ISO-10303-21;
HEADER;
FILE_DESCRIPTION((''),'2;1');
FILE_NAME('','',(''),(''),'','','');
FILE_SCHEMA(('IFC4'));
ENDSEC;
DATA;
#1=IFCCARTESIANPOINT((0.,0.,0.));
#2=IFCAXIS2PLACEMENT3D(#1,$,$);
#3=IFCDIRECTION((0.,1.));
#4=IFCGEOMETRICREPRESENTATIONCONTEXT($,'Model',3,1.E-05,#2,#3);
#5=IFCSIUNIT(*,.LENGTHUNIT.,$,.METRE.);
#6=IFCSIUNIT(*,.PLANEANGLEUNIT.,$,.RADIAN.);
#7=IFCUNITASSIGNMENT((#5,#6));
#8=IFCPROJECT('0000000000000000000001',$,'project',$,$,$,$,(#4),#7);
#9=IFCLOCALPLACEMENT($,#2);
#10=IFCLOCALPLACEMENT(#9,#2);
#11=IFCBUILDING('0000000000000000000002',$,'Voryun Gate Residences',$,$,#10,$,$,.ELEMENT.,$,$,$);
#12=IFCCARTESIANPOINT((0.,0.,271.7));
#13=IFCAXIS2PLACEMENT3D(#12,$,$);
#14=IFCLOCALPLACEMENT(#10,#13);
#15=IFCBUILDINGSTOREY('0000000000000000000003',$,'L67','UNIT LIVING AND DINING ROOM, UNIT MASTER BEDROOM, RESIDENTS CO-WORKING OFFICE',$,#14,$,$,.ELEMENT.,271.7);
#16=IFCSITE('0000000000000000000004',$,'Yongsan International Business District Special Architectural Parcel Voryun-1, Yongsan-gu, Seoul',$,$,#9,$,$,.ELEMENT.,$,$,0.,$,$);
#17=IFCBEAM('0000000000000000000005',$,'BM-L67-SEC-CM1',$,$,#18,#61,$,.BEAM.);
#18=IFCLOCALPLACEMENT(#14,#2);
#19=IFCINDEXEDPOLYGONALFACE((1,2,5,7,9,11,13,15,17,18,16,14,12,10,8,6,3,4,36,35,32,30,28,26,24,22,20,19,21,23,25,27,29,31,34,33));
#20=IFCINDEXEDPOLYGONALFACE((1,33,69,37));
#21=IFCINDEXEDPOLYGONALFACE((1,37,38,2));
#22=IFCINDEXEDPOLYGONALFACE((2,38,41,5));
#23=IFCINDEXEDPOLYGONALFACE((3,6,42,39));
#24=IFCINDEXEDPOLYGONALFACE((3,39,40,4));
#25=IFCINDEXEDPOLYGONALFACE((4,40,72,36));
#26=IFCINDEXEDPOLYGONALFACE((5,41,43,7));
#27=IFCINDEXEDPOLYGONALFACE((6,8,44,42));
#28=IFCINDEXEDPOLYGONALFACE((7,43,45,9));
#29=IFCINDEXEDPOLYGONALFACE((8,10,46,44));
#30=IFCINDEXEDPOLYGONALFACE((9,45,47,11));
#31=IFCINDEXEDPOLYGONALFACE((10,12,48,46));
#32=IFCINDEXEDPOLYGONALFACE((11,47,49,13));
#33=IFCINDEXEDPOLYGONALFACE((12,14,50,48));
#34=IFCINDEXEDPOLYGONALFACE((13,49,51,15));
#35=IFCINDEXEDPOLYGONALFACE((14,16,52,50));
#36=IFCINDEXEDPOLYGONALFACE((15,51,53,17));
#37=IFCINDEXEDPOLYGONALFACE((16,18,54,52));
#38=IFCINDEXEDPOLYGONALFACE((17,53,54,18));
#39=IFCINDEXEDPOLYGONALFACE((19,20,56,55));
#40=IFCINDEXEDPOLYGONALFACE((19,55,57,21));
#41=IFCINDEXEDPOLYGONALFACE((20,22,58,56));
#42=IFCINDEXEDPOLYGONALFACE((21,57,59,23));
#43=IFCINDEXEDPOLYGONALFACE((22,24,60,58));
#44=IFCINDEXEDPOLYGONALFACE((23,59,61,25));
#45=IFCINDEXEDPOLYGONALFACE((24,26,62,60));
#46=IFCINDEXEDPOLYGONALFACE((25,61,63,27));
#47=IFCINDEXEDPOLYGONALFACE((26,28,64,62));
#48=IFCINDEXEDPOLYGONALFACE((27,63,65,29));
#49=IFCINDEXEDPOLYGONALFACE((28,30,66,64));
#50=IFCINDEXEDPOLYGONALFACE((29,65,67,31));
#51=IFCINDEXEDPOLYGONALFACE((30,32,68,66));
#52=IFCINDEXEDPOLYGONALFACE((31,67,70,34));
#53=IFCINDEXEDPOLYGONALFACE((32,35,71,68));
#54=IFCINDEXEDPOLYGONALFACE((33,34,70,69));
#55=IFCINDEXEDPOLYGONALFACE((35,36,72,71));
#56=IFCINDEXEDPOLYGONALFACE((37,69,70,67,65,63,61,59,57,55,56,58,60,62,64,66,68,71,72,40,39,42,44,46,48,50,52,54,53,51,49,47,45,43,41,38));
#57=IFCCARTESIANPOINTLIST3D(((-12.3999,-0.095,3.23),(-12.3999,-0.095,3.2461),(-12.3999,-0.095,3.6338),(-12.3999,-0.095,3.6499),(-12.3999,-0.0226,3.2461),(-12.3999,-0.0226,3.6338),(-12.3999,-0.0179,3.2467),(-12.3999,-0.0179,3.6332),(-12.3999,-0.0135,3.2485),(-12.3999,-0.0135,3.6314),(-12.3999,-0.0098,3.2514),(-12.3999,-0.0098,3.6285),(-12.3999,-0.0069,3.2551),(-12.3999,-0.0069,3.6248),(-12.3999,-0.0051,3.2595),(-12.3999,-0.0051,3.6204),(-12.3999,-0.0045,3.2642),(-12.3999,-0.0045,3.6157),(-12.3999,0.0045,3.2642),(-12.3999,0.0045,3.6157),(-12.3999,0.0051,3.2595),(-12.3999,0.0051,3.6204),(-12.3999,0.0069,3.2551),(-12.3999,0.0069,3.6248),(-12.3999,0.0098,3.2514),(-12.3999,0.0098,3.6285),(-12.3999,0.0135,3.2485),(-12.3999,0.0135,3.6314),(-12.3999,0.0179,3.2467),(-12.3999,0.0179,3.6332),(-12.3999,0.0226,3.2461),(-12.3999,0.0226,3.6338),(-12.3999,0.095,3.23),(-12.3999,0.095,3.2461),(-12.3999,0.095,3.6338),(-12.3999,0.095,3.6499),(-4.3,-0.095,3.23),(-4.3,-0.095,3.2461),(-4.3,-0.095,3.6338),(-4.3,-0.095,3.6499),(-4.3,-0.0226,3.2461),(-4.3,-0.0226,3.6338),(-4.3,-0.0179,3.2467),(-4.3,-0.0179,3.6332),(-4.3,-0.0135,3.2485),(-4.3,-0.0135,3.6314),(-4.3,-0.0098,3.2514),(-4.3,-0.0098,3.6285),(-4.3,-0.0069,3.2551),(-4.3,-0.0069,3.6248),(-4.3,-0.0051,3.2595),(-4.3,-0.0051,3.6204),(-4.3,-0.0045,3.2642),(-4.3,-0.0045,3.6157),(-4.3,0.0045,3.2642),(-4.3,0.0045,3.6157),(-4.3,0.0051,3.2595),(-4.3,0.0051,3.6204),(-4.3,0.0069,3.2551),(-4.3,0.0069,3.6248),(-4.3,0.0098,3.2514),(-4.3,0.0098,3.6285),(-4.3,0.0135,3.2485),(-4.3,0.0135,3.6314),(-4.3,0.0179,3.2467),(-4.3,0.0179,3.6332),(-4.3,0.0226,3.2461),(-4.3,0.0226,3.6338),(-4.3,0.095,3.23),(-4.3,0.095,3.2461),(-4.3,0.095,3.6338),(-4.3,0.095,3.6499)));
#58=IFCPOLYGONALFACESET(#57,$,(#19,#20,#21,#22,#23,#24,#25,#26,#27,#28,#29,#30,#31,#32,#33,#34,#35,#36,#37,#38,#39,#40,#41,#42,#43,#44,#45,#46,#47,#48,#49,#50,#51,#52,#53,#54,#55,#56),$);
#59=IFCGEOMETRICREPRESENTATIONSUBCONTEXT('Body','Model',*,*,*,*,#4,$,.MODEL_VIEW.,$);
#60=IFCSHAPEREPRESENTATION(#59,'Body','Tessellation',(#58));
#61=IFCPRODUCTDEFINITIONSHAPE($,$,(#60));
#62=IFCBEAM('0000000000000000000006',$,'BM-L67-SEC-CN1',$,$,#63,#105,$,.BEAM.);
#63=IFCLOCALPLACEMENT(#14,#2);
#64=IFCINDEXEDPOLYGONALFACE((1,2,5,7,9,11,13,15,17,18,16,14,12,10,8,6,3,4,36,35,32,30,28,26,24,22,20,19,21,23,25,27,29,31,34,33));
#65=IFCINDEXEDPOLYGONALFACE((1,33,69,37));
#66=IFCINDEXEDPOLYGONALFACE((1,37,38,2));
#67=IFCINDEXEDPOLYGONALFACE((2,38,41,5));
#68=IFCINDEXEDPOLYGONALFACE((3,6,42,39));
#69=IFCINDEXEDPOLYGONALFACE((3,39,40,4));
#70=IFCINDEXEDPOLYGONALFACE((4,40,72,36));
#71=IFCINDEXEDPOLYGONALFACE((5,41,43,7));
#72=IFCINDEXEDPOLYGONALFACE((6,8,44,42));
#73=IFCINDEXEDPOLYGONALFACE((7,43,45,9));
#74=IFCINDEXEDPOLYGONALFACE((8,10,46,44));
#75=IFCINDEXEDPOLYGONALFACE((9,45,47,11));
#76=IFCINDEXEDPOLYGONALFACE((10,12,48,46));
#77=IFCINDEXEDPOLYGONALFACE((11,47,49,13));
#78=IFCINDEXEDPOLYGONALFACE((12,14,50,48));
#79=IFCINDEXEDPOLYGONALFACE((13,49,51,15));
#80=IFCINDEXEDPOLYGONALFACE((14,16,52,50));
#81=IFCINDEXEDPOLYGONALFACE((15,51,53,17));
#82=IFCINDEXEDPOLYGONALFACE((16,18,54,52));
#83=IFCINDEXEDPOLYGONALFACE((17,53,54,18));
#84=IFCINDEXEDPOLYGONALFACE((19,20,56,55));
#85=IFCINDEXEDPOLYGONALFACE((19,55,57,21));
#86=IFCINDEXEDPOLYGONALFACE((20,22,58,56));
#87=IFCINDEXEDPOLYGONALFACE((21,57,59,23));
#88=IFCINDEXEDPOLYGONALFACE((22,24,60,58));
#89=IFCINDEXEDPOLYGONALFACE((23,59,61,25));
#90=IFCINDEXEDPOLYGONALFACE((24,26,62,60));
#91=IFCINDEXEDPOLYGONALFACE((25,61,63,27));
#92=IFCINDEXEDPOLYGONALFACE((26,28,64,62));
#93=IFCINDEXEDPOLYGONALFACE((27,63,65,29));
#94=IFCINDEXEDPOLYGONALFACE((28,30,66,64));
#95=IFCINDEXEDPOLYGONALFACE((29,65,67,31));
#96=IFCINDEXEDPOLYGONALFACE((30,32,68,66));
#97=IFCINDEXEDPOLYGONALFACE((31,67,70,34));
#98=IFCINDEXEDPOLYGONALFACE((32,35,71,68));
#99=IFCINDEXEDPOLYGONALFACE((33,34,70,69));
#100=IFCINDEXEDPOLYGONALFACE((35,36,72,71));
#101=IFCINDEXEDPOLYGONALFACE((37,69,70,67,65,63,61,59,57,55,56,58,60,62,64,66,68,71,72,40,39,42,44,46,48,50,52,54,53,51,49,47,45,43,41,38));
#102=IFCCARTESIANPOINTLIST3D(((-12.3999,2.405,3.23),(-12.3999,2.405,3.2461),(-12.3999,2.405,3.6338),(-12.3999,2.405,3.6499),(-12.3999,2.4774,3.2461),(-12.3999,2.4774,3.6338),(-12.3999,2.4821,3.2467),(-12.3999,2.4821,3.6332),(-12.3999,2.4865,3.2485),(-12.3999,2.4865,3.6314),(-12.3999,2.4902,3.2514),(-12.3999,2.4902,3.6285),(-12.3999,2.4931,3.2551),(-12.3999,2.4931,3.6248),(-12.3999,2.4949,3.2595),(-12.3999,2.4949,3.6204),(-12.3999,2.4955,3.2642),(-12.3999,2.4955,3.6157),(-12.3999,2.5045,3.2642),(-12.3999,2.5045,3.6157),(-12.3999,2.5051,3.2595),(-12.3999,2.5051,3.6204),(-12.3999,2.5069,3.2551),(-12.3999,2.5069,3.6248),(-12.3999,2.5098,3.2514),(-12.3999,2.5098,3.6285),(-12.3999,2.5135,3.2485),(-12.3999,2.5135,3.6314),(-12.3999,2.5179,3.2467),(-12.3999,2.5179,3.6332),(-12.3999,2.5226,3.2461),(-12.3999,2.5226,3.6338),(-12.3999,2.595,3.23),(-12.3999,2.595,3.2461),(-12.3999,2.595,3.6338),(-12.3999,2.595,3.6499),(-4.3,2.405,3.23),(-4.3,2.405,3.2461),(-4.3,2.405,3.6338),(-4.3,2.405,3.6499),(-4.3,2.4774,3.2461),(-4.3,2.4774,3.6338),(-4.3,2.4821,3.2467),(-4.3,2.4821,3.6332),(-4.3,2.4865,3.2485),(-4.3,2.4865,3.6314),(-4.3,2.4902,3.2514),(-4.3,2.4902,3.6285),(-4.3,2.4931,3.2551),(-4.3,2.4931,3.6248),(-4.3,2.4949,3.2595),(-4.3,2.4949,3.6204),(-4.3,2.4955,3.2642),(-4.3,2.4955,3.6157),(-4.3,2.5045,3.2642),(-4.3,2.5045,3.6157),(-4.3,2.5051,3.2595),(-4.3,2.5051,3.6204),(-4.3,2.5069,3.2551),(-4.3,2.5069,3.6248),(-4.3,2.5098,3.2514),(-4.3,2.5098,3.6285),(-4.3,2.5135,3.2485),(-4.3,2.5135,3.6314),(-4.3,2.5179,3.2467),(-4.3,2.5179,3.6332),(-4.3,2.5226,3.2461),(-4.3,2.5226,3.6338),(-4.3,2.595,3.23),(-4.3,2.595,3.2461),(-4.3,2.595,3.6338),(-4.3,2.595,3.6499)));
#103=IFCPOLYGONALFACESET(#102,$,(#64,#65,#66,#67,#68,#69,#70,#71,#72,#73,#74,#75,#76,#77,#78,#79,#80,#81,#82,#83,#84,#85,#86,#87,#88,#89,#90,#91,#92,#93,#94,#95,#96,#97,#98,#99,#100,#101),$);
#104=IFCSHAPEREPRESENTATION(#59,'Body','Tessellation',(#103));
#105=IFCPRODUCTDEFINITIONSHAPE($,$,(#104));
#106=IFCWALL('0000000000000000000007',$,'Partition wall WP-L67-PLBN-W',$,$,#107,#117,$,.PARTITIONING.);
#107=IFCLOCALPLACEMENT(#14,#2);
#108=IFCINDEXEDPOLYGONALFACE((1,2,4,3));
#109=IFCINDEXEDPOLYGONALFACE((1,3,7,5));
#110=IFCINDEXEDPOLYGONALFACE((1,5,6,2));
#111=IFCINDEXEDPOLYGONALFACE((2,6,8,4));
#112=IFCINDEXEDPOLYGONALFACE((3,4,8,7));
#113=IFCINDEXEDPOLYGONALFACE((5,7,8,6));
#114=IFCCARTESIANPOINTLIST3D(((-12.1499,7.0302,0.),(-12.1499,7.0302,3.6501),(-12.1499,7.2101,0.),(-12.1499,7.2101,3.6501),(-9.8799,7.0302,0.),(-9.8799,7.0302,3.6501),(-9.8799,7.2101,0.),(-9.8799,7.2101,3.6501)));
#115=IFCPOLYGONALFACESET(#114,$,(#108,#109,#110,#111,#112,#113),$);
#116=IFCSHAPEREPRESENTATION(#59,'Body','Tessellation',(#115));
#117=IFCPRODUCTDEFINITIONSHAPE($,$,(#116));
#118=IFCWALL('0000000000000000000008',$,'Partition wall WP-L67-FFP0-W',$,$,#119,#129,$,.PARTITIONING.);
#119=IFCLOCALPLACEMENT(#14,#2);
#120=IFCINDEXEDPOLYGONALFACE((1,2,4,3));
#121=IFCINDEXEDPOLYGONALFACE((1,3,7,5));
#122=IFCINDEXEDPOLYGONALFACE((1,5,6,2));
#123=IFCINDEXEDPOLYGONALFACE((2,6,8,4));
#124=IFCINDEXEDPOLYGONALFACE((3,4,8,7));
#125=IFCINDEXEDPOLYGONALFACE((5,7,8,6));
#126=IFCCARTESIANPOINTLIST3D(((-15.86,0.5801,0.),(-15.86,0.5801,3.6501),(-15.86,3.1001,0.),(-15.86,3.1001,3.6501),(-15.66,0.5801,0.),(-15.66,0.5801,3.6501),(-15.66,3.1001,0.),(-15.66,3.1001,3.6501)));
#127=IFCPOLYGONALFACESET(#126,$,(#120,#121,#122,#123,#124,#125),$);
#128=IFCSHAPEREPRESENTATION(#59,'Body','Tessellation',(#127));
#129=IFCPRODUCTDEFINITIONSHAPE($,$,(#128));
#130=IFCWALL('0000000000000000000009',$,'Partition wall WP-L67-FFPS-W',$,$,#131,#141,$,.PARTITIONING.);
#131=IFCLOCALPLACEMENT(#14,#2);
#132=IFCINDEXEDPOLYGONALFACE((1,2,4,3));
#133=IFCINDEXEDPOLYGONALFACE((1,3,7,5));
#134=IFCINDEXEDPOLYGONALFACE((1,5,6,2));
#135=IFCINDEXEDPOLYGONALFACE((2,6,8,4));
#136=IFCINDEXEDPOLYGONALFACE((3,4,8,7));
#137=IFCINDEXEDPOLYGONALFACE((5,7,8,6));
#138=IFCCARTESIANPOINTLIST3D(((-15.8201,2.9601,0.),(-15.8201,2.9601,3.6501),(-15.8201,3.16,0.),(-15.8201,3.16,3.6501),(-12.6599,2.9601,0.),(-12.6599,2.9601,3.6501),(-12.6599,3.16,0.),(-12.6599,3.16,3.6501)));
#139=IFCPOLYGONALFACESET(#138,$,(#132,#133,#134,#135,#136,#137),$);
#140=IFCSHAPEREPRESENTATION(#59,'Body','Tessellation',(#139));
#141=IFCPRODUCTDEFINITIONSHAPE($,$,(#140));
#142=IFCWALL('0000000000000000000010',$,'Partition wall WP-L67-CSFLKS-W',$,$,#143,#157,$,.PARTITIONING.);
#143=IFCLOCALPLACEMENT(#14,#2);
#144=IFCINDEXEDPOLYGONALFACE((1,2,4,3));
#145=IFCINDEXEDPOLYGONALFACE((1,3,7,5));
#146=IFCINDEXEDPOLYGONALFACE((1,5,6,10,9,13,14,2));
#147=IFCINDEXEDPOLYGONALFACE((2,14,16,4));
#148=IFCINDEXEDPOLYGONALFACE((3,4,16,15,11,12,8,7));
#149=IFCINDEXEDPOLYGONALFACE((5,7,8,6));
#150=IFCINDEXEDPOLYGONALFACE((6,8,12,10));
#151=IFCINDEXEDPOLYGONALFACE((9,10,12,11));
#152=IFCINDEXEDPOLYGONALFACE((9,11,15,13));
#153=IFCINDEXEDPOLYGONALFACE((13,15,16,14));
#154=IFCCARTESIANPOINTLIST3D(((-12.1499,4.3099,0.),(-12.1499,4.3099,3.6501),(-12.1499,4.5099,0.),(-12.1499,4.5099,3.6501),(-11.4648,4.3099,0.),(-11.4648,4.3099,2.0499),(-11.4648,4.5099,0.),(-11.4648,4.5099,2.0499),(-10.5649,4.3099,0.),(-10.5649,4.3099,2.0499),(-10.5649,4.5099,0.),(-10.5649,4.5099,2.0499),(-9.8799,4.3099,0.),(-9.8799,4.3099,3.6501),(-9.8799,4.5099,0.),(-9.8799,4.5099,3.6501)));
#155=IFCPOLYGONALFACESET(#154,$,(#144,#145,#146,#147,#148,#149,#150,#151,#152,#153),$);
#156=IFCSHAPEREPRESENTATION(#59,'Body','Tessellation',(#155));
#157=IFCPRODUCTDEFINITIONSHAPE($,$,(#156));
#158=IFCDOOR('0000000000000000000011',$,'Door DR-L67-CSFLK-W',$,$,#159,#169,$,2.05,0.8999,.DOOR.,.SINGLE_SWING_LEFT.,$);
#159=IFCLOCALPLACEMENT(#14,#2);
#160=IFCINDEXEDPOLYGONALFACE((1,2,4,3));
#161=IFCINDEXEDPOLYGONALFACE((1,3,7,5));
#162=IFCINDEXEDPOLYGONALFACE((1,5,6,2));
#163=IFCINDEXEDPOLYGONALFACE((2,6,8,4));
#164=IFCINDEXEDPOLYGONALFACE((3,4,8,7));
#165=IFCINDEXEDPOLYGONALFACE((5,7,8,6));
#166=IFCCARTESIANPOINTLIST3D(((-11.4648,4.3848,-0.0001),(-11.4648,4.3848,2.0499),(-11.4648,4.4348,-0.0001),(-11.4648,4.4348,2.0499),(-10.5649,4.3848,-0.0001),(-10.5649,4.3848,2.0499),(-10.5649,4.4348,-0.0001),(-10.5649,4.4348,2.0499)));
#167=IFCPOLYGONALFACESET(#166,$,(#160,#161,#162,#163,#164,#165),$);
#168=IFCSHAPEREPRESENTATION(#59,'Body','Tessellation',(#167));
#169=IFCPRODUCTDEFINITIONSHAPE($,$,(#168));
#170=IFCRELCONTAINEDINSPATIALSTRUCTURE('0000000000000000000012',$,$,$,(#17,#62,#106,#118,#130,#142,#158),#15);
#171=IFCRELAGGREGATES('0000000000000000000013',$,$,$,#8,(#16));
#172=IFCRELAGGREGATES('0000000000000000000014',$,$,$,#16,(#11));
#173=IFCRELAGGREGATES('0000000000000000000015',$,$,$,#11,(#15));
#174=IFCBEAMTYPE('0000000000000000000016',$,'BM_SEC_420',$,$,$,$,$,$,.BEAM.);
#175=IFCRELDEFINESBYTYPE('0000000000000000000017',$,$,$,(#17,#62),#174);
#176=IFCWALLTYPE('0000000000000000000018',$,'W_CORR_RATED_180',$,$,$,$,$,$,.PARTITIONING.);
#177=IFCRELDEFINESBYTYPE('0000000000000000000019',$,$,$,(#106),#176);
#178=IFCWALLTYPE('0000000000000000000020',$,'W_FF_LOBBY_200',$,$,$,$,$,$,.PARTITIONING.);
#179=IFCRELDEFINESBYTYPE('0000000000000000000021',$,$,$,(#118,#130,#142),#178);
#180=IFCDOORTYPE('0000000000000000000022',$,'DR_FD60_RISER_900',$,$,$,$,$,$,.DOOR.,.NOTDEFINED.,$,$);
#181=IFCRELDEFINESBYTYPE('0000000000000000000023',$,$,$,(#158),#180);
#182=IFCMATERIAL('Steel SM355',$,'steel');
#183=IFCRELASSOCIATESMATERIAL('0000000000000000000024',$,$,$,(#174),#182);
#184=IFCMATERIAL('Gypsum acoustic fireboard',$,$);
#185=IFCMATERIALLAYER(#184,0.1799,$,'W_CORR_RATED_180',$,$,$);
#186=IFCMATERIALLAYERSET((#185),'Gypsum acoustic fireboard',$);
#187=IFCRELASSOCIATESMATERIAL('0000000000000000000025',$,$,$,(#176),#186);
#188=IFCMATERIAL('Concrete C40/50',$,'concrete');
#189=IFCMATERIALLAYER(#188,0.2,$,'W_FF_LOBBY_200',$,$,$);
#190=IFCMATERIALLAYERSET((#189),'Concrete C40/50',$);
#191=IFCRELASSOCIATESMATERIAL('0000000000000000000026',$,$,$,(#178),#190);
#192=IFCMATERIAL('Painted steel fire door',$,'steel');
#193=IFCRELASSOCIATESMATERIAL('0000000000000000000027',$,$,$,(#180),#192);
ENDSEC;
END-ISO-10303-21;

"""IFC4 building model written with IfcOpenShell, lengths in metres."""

from ifc_helpers import new_model, si_unit, direction, frame, frame_2d, origin, origin_2d, place, context, subcontext, project, spatial, rectangle, i_section, extrude, material, layer, layer_set, material_profile, profile_set, type_object, element, fill, save


model = new_model("IFC4")

# Units and contexts
model_context = context("Model", 3, precision=1e-05, world=origin(), true_north=direction((0.0, 1.0)))
body_context = subcontext(model_context, "Body", "Model", "MODEL_VIEW")
ifc_project = project(units=[si_unit("LENGTHUNIT", "METRE"), si_unit("PLANEANGLEUNIT", "RADIAN")], contexts=[model_context])

# Site, building, storey
site_placement = place(None, origin())
site = spatial("IfcSite", under=ifc_project, at=site_placement, Name="Yongsan International Business District Special Architectural Parcel Voryun-1, Yongsan-gu, Seoul", CompositionType="ELEMENT", RefElevation=0.0)
building_placement = place(site_placement, origin())
building = spatial("IfcBuilding", under=site, at=building_placement, Name="Voryun Gate Residences", CompositionType="ELEMENT")
storey_placement = place(building_placement, frame((0.0, 0.0, 271.7)))
storey = spatial("IfcBuildingStorey", under=building, at=storey_placement, Name="L67", Description="UNIT LIVING AND DINING ROOM, UNIT MASTER BEDROOM, RESIDENTS CO-WORKING OFFICE", CompositionType="ELEMENT", Elevation=271.7)

# Beams
ifc_material_1 = material(Name="Steel SM355", Category="steel")
ifc_material_profile_1 = material_profile(ifc_material_1, i_section(OverallWidth=0.1899, OverallDepth=0.4199, WebThickness=0.009, FlangeThickness=0.0161, FilletRadius=0.0181, at=origin_2d()), Name="H-420x190x9x16")
ifc_profile_set_1 = profile_set([ifc_material_profile_1], Name="Steel SM355")
beam_type_1 = type_object("IfcBeamType", Name="BM_SEC_420", PredefinedType="BEAM", material=ifc_profile_set_1)
for number, where, z_axis, x_axis, name in (
    (1, (-12.3999, 0.0, 3.4399), (1.0, 0.0, 0.0), (0.0, 1.0, 0.0), "BM-L67-SEC-CM1"),
    (2, (-12.3999, 2.5, 3.4399), (1.0, 0.0, 0.0), (0.0, 1.0, 0.0), "BM-L67-SEC-CN1"),
):
    element("IfcBeam", number, at=place(storey_placement, frame(where, z_axis=z_axis, x_axis=x_axis)), inside=storey, type_object=beam_type_1, Name=name, PredefinedType="BEAM", context=body_context, shape_type="SweptSolid", body=[
        extrude(i_section(OverallWidth=0.1899, OverallDepth=0.4199, WebThickness=0.009, FlangeThickness=0.0161, FilletRadius=0.0181, at=origin_2d()), origin(), (0.0, 0.0, 1.0), 8.0999),
    ])

# Walls
ifc_material_2 = material(Name="Gypsum acoustic fireboard")
ifc_layer_1 = layer(ifc_material_2, 0.1799, Name="W_CORR_RATED_180")
ifc_layer_set_1 = layer_set([ifc_layer_1], Name="Gypsum acoustic fireboard")
wall_type_1 = type_object("IfcWallType", Name="W_CORR_RATED_180", PredefinedType="PARTITIONING", material=ifc_layer_set_1)
wall_1_placement = place(storey_placement, frame((-12.1499, 7.1201, 0.0), z_axis=(0.0, 0.0, 1.0), x_axis=(1.0, 0.0, 0.0)))
element("IfcWall", 3, at=wall_1_placement, inside=storey, type_object=wall_type_1, Name="Partition wall WP-L67-PLBN-W", PredefinedType="PARTITIONING", context=body_context, shape_type="SweptSolid", body=[
    extrude(rectangle(XDim=2.27, YDim=0.1799, at=frame_2d((1.135, 0.0))), origin(), (0.0, 0.0, 1.0), 3.6501),
])
ifc_material_3 = material(Name="Concrete C40/50", Category="concrete")
ifc_layer_2 = layer(ifc_material_3, 0.2, Name="W_FF_LOBBY_200")
ifc_layer_set_2 = layer_set([ifc_layer_2], Name="Concrete C40/50")
wall_type_2 = type_object("IfcWallType", Name="W_FF_LOBBY_200", PredefinedType="PARTITIONING", material=ifc_layer_set_2)
wall_2_placement = place(storey_placement, frame((-15.76, 0.5801, 0.0), z_axis=(0.0, 0.0, 1.0), x_axis=(0.0, 1.0, 0.0)))
element("IfcWall", 4, at=wall_2_placement, inside=storey, type_object=wall_type_2, Name="Partition wall WP-L67-FFP0-W", PredefinedType="PARTITIONING", context=body_context, shape_type="SweptSolid", body=[
    extrude(rectangle(XDim=2.52, YDim=0.2, at=frame_2d((1.26, 0.0))), origin(), (0.0, 0.0, 1.0), 3.6501),
])
wall_3_placement = place(storey_placement, frame((-15.8201, 3.0601, 0.0), z_axis=(0.0, 0.0, 1.0), x_axis=(1.0, 0.0, 0.0)))
element("IfcWall", 5, at=wall_3_placement, inside=storey, type_object=wall_type_2, Name="Partition wall WP-L67-FFPS-W", PredefinedType="PARTITIONING", context=body_context, shape_type="SweptSolid", body=[
    extrude(rectangle(XDim=3.1602, YDim=0.2, at=frame_2d((1.5801, 0.0))), origin(), (0.0, 0.0, 1.0), 3.6501),
])

# Wall, opening, door
wall_4_placement = place(storey_placement, frame((-12.1499, 4.4099, 0.0), z_axis=(0.0, 0.0, 1.0), x_axis=(1.0, 0.0, 0.0)))
wall_4 = element("IfcWall", 6, at=wall_4_placement, inside=storey, type_object=wall_type_2, Name="Partition wall WP-L67-CSFLKS-W", PredefinedType="PARTITIONING", context=body_context, shape_type="SweptSolid", body=[
    extrude(rectangle(XDim=2.27, YDim=0.2, at=frame_2d((1.135, 0.0))), origin(), (0.0, 0.0, 1.0), 3.6501),
])
opening_1_placement = place(wall_4_placement, frame((0.6851, 0.0, 0.0)))
opening_1 = element("IfcOpeningElement", 7, at=opening_1_placement, cuts=wall_4, PredefinedType="OPENING", context=body_context, shape_type="SweptSolid", body=[
    extrude(rectangle(XDim=0.8999, YDim=2.05, at=frame_2d((0.45, 1.0249))), frame((0.0, 0.1101, 0.0), z_axis=(0.0, -1.0, 0.0), x_axis=(1.0, 0.0, 0.0)), (0.0, 0.0, 1.0), 0.22),
])
ifc_material_4 = material(Name="Painted steel fire door", Category="steel")
door_type_1 = type_object("IfcDoorType", Name="DR_FD60_RISER_900", OperationType="NOTDEFINED", PredefinedType="DOOR", material=ifc_material_4)
door_1_placement = place(opening_1_placement, origin())
door_1 = element("IfcDoor", 8, at=door_1_placement, inside=storey, type_object=door_type_1, Name="Door DR-L67-CSFLK-W", OperationType="SINGLE_SWING_LEFT", OverallHeight=2.05, OverallWidth=0.8999, PredefinedType="DOOR", context=body_context, shape_type="SweptSolid", body=[
    extrude(rectangle(XDim=0.8999, YDim=2.05, at=frame_2d((0.45, 1.0249))), frame((0.0, 0.0249, 0.0), z_axis=(0.0, -1.0, 0.0), x_axis=(1.0, 0.0, 0.0)), (0.0, 0.0, 1.0), 0.05),
])
fill(opening_1, door_1)

save(model, "model.ifc")
